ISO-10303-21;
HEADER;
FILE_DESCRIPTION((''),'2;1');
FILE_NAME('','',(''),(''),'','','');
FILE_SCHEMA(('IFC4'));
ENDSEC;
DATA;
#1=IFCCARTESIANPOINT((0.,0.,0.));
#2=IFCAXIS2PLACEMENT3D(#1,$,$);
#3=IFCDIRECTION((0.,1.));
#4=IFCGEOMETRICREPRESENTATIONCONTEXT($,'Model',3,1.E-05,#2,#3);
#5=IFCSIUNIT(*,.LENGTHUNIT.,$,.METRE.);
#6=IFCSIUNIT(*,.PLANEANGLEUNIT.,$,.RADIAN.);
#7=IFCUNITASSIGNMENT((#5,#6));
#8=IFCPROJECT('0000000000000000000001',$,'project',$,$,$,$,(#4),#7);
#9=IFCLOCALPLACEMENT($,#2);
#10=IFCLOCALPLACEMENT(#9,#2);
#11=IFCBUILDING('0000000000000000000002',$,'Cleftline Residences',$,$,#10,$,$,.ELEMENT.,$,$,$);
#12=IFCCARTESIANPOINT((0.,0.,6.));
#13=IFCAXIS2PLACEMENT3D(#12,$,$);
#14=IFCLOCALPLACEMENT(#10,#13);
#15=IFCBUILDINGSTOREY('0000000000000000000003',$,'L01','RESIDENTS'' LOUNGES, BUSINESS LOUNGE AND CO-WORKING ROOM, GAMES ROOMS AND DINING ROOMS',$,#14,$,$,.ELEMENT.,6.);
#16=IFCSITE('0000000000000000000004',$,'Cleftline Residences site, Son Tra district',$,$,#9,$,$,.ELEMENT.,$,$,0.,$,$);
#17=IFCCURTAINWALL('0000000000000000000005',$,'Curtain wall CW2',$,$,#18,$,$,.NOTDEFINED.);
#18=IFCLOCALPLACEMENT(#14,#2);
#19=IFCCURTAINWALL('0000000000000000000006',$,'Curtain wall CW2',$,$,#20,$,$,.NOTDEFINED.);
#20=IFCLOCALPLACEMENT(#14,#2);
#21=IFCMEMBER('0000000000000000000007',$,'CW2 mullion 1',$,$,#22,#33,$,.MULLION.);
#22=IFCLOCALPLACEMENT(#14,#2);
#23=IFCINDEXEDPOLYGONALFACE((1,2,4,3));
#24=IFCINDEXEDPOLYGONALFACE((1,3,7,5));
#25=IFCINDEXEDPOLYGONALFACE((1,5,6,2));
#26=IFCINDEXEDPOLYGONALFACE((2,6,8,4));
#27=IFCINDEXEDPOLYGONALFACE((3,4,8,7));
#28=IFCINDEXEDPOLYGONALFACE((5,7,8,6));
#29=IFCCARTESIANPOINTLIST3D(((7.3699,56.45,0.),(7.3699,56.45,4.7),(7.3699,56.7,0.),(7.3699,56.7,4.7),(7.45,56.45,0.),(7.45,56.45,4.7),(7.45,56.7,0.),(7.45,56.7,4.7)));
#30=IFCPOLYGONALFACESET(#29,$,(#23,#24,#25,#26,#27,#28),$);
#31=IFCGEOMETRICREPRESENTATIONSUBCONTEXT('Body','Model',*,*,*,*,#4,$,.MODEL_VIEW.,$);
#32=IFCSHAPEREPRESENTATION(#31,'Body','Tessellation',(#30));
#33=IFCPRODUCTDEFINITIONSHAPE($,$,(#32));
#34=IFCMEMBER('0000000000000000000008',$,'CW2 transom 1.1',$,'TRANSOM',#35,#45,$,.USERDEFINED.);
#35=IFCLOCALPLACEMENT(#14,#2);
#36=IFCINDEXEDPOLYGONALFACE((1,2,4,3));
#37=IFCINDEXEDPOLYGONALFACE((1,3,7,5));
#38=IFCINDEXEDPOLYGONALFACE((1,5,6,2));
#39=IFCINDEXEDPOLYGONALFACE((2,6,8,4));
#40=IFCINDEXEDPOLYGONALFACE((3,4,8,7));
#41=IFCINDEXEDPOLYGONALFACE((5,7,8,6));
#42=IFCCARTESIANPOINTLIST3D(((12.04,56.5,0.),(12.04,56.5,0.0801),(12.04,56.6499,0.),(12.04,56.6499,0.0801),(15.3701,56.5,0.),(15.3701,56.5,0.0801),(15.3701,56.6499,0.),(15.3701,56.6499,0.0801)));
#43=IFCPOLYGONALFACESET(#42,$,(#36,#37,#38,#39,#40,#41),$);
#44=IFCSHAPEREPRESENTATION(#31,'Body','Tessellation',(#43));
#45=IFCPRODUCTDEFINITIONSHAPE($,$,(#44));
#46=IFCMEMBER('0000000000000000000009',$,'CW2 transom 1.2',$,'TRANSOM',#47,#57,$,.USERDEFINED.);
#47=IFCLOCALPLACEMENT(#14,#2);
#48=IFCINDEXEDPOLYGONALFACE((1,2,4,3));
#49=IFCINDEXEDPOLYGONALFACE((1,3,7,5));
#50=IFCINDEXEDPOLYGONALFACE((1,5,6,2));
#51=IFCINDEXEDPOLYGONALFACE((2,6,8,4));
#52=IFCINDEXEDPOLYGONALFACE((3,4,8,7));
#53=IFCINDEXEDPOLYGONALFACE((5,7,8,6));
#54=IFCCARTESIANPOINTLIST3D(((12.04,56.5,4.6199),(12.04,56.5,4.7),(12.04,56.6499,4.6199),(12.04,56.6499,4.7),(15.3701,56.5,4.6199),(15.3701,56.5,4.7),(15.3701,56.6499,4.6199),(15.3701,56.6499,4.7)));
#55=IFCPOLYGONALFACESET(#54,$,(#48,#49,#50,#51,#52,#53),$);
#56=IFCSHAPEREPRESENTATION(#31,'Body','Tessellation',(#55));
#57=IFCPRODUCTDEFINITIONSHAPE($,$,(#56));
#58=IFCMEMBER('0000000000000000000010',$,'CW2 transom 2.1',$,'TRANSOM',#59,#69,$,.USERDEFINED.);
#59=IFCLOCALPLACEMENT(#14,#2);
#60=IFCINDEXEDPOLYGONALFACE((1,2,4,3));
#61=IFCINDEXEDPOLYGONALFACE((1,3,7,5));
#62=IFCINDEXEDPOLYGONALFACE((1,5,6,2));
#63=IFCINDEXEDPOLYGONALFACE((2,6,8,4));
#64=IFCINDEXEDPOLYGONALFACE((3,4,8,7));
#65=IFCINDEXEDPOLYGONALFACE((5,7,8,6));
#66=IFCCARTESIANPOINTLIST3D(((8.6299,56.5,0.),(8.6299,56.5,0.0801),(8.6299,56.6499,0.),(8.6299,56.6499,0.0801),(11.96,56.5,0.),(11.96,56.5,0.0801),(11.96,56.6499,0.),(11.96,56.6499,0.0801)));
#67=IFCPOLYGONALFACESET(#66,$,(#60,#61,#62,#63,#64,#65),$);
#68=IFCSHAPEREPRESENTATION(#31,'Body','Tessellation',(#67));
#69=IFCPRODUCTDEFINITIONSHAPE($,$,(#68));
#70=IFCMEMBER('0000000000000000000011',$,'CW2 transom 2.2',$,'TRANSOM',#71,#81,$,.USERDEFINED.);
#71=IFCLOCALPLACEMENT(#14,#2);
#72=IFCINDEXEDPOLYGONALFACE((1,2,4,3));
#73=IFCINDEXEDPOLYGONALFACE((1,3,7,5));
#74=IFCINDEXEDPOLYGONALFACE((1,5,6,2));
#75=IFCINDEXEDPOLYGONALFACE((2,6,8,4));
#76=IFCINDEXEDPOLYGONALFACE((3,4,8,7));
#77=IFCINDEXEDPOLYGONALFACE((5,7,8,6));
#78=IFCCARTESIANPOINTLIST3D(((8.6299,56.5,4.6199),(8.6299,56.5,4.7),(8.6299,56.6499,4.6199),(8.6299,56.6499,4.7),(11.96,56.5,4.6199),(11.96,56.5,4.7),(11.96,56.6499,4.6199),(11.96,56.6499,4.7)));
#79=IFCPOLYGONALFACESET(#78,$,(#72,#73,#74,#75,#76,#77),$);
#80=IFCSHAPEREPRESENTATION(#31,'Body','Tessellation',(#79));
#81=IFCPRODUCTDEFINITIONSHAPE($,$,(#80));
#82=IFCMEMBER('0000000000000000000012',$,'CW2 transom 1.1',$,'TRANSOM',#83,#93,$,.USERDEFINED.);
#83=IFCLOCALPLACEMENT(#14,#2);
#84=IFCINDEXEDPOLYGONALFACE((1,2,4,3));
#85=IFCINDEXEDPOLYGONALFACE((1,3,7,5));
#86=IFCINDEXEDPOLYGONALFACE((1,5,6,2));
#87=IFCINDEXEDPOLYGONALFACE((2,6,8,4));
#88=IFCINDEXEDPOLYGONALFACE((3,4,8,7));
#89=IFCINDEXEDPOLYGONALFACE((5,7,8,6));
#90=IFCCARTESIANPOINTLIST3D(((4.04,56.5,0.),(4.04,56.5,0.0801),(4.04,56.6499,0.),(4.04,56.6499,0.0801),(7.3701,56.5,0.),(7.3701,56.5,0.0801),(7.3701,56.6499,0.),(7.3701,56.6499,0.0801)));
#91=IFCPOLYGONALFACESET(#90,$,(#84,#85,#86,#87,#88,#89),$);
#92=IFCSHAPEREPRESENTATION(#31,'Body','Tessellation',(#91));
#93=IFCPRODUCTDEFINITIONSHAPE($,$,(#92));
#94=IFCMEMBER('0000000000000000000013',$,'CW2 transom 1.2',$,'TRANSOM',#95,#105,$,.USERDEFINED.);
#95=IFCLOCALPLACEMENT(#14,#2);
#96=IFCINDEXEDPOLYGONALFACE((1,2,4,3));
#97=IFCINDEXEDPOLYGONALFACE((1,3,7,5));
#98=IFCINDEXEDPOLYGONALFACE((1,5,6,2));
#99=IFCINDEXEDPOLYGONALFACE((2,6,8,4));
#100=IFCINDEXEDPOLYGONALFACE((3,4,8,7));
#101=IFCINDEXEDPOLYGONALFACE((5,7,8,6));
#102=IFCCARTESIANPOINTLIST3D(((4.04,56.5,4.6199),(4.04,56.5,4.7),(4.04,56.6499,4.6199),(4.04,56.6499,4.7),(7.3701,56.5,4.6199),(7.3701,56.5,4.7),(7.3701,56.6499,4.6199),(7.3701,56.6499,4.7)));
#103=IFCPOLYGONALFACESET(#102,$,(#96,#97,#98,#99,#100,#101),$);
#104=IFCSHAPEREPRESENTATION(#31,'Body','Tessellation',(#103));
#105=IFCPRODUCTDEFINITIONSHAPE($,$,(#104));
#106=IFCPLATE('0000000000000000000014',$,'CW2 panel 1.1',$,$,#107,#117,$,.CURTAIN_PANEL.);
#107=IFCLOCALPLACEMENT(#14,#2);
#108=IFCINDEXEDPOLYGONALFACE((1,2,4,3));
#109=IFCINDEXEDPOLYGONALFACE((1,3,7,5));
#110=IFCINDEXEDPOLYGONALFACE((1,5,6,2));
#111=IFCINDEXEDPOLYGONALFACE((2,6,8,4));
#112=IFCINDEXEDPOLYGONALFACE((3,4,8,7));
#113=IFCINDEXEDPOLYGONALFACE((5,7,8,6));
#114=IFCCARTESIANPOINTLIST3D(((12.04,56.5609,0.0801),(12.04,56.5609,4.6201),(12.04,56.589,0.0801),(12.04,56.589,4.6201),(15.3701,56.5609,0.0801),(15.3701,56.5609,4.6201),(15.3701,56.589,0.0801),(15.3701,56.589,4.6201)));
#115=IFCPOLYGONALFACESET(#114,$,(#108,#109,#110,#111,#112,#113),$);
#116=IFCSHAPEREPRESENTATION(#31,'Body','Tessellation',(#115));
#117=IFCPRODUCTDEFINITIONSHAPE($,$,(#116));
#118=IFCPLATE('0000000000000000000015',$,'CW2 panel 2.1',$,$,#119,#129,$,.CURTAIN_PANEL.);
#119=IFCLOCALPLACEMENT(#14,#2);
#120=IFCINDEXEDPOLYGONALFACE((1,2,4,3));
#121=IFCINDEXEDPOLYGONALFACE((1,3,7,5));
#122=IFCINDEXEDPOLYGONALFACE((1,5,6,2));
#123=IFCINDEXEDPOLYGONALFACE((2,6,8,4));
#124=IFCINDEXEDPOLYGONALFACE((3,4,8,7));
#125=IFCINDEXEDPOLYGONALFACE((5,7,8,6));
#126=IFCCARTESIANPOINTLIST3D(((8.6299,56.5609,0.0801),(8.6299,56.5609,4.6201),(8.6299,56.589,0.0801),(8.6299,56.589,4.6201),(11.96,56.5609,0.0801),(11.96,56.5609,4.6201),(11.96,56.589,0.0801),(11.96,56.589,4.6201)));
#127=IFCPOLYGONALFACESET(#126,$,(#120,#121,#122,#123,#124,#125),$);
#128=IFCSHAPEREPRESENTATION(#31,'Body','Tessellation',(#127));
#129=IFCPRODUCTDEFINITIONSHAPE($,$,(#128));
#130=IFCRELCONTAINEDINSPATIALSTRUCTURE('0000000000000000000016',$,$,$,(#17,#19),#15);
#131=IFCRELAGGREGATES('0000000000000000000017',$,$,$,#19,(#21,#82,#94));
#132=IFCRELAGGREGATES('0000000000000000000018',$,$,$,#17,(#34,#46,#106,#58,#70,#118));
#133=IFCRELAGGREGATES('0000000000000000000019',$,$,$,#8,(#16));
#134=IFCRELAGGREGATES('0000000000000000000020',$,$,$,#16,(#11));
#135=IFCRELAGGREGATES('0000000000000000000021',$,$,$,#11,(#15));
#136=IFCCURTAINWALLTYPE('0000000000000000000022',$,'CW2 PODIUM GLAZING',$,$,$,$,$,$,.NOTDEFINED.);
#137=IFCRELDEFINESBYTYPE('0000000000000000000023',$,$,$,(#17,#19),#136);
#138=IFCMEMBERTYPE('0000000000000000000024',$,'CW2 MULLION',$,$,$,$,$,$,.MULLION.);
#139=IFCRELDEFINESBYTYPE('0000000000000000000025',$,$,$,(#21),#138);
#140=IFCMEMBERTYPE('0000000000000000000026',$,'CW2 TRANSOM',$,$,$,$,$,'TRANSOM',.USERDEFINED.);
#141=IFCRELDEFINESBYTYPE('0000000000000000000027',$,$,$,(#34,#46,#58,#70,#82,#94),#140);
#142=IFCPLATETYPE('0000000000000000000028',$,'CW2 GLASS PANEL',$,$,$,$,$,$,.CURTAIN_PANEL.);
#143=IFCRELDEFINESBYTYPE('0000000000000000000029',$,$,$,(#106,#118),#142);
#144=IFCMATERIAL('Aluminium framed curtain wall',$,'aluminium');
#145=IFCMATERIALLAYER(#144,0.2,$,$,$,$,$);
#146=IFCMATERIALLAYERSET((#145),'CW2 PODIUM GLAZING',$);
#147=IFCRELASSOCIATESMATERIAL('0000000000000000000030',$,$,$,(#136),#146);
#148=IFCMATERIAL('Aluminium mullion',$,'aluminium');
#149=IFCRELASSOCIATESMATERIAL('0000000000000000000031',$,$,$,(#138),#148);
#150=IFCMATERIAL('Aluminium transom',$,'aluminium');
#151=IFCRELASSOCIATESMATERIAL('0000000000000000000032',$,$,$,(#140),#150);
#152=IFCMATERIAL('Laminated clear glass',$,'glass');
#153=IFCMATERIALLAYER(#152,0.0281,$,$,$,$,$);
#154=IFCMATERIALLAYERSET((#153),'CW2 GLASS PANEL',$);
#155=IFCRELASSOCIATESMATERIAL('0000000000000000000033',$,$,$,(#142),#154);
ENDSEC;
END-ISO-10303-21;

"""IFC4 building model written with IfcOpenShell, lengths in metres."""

from ifc_helpers import new_model, si_unit, direction, frame, origin, origin_2d, place, context, subcontext, project, spatial, rectangle, extrude, material, layer, layer_set, material_profile, profile_set, type_object, element, aggregate, save


model = new_model("IFC4")

# Units and contexts
model_context = context("Model", 3, precision=1e-05, world=origin(), true_north=direction((0.0, 1.0)))
body_context = subcontext(model_context, "Body", "Model", "MODEL_VIEW")
ifc_project = project(units=[si_unit("LENGTHUNIT", "METRE"), si_unit("PLANEANGLEUNIT", "RADIAN")], contexts=[model_context])

# Site, building, storey
site_placement = place(None, origin())
site = spatial("IfcSite", under=ifc_project, at=site_placement, Name="Cleftline Residences site, Son Tra district", CompositionType="ELEMENT", RefElevation=0.0)
building_placement = place(site_placement, origin())
building = spatial("IfcBuilding", under=site, at=building_placement, Name="Cleftline Residences", CompositionType="ELEMENT")
storey_placement = place(building_placement, frame((0.0, 0.0, 6.0)))
storey = spatial("IfcBuildingStorey", under=building, at=storey_placement, Name="L01", Description="RESIDENTS' LOUNGES, BUSINESS LOUNGE AND CO-WORKING ROOM, GAMES ROOMS AND DINING ROOMS", CompositionType="ELEMENT", Elevation=6.0)

# Curtain wall
ifc_material_1 = material(Name="Aluminium framed curtain wall", Category="aluminium")
ifc_layer_1 = layer(ifc_material_1, 0.2)
ifc_layer_set_1 = layer_set([ifc_layer_1], Name="CW2 PODIUM GLAZING")
curtain_wall_type = type_object("IfcCurtainWallType", Name="CW2 PODIUM GLAZING", PredefinedType="NOTDEFINED", material=ifc_layer_set_1)
curtain_wall_1_placement = place(storey_placement, origin())
curtain_wall_1 = element("IfcCurtainWall", 1, at=curtain_wall_1_placement, inside=storey, type_object=curtain_wall_type, Name="Curtain wall CW2", PredefinedType="NOTDEFINED")
ifc_material_2 = material(Name="Aluminium mullion", Category="aluminium")
ifc_material_profile_1 = material_profile(ifc_material_2, rectangle(XDim=0.25, YDim=0.0801, at=origin_2d()))
ifc_profile_set_1 = profile_set([ifc_material_profile_1], Name="Aluminium mullion")
member_type_1 = type_object("IfcMemberType", Name="CW2 MULLION", PredefinedType="MULLION", material=ifc_profile_set_1)

# Curtain wall, member
curtain_wall_2_placement = place(storey_placement, origin())
curtain_wall_2 = element("IfcCurtainWall", 2, at=curtain_wall_2_placement, inside=storey, type_object=curtain_wall_type, Name="Curtain wall CW2", PredefinedType="NOTDEFINED")
member_1_placement = place(storey_placement, frame((7.4099, 56.575, 0.0), z_axis=(0.0, 0.0, 1.0), x_axis=(0.0, -1.0, 0.0)))
member_1 = element("IfcMember", 3, at=member_1_placement, type_object=member_type_1, Name="CW2 mullion 1", PredefinedType="MULLION", context=body_context, shape_type="SweptSolid", body=[
    extrude(rectangle(XDim=0.25, YDim=0.0801, at=origin_2d()), origin(), (0.0, 0.0, 1.0), 4.7),
])

# Members
ifc_material_3 = material(Name="Aluminium transom", Category="aluminium")
ifc_material_profile_2 = material_profile(ifc_material_3, rectangle(XDim=0.1499, YDim=0.0801, at=origin_2d()))
ifc_profile_set_2 = profile_set([ifc_material_profile_2], Name="Aluminium transom")
member_type_2 = type_object("IfcMemberType", Name="CW2 TRANSOM", ElementType="TRANSOM", PredefinedType="USERDEFINED", material=ifc_profile_set_2)
member_2_placement = place(storey_placement, frame((15.3701, 56.575, 0.04), z_axis=(-1.0, 0.0, 0.0), x_axis=(0.0, -1.0, 0.0)))
member_2 = element("IfcMember", 4, at=member_2_placement, type_object=member_type_2, Name="CW2 transom 1.1", ObjectType="TRANSOM", PredefinedType="USERDEFINED", context=body_context, shape_type="SweptSolid", body=[
    extrude(rectangle(XDim=0.1499, YDim=0.0801, at=origin_2d()), origin(), (0.0, 0.0, 1.0), 3.3301),
])
member_3_placement = place(storey_placement, frame((15.3701, 56.575, 4.6599), z_axis=(-1.0, 0.0, 0.0), x_axis=(0.0, -1.0, 0.0)))
member_3 = element("IfcMember", 5, at=member_3_placement, type_object=member_type_2, Name="CW2 transom 1.2", ObjectType="TRANSOM", PredefinedType="USERDEFINED", context=body_context, shape_type="SweptSolid", body=[
    extrude(rectangle(XDim=0.1499, YDim=0.0801, at=origin_2d()), origin(), (0.0, 0.0, 1.0), 3.3301),
])
member_4_placement = place(storey_placement, frame((11.96, 56.575, 0.04), z_axis=(-1.0, 0.0, 0.0), x_axis=(0.0, -1.0, 0.0)))
member_4 = element("IfcMember", 6, at=member_4_placement, type_object=member_type_2, Name="CW2 transom 2.1", ObjectType="TRANSOM", PredefinedType="USERDEFINED", context=body_context, shape_type="SweptSolid", body=[
    extrude(rectangle(XDim=0.1499, YDim=0.0801, at=origin_2d()), origin(), (0.0, 0.0, 1.0), 3.3301),
])
member_5_placement = place(storey_placement, frame((11.96, 56.575, 4.6599), z_axis=(-1.0, 0.0, 0.0), x_axis=(0.0, -1.0, 0.0)))
member_5 = element("IfcMember", 7, at=member_5_placement, type_object=member_type_2, Name="CW2 transom 2.2", ObjectType="TRANSOM", PredefinedType="USERDEFINED", context=body_context, shape_type="SweptSolid", body=[
    extrude(rectangle(XDim=0.1499, YDim=0.0801, at=origin_2d()), origin(), (0.0, 0.0, 1.0), 3.3301),
])
member_6_placement = place(storey_placement, frame((7.3701, 56.575, 0.04), z_axis=(-1.0, 0.0, 0.0), x_axis=(0.0, -1.0, 0.0)))
member_6 = element("IfcMember", 8, at=member_6_placement, type_object=member_type_2, Name="CW2 transom 1.1", ObjectType="TRANSOM", PredefinedType="USERDEFINED", context=body_context, shape_type="SweptSolid", body=[
    extrude(rectangle(XDim=0.1499, YDim=0.0801, at=origin_2d()), origin(), (0.0, 0.0, 1.0), 3.3301),
])
member_7_placement = place(storey_placement, frame((7.3701, 56.575, 4.6599), z_axis=(-1.0, 0.0, 0.0), x_axis=(0.0, -1.0, 0.0)))
member_7 = element("IfcMember", 9, at=member_7_placement, type_object=member_type_2, Name="CW2 transom 1.2", ObjectType="TRANSOM", PredefinedType="USERDEFINED", context=body_context, shape_type="SweptSolid", body=[
    extrude(rectangle(XDim=0.1499, YDim=0.0801, at=origin_2d()), origin(), (0.0, 0.0, 1.0), 3.3301),
])
aggregate(curtain_wall_2, [member_1, member_6, member_7])

# Plates
ifc_material_4 = material(Name="Laminated clear glass", Category="glass")
ifc_layer_2 = layer(ifc_material_4, 0.0281)
ifc_layer_set_2 = layer_set([ifc_layer_2], Name="CW2 GLASS PANEL")
plate_type = type_object("IfcPlateType", Name="CW2 GLASS PANEL", PredefinedType="CURTAIN_PANEL", material=ifc_layer_set_2)
plate_1_placement = place(storey_placement, frame((13.7051, 56.575, 0.0801), z_axis=(0.0, 0.0, 1.0), x_axis=(-1.0, 0.0, 0.0)))
plate_1 = element("IfcPlate", 10, at=plate_1_placement, type_object=plate_type, Name="CW2 panel 1.1", PredefinedType="CURTAIN_PANEL", context=body_context, shape_type="SweptSolid", body=[
    extrude(rectangle(XDim=3.3301, YDim=0.0281, at=origin_2d()), origin(), (0.0, 0.0, 1.0), 4.54),
])
plate_2_placement = place(storey_placement, frame((10.2949, 56.575, 0.0801), z_axis=(0.0, 0.0, 1.0), x_axis=(-1.0, 0.0, 0.0)))
plate_2 = element("IfcPlate", 11, at=plate_2_placement, type_object=plate_type, Name="CW2 panel 2.1", PredefinedType="CURTAIN_PANEL", context=body_context, shape_type="SweptSolid", body=[
    extrude(rectangle(XDim=3.3301, YDim=0.0281, at=origin_2d()), origin(), (0.0, 0.0, 1.0), 4.54),
])
aggregate(curtain_wall_1, [member_2, member_3, plate_1, member_4, member_5, plate_2])

save(model, "model.ifc")
